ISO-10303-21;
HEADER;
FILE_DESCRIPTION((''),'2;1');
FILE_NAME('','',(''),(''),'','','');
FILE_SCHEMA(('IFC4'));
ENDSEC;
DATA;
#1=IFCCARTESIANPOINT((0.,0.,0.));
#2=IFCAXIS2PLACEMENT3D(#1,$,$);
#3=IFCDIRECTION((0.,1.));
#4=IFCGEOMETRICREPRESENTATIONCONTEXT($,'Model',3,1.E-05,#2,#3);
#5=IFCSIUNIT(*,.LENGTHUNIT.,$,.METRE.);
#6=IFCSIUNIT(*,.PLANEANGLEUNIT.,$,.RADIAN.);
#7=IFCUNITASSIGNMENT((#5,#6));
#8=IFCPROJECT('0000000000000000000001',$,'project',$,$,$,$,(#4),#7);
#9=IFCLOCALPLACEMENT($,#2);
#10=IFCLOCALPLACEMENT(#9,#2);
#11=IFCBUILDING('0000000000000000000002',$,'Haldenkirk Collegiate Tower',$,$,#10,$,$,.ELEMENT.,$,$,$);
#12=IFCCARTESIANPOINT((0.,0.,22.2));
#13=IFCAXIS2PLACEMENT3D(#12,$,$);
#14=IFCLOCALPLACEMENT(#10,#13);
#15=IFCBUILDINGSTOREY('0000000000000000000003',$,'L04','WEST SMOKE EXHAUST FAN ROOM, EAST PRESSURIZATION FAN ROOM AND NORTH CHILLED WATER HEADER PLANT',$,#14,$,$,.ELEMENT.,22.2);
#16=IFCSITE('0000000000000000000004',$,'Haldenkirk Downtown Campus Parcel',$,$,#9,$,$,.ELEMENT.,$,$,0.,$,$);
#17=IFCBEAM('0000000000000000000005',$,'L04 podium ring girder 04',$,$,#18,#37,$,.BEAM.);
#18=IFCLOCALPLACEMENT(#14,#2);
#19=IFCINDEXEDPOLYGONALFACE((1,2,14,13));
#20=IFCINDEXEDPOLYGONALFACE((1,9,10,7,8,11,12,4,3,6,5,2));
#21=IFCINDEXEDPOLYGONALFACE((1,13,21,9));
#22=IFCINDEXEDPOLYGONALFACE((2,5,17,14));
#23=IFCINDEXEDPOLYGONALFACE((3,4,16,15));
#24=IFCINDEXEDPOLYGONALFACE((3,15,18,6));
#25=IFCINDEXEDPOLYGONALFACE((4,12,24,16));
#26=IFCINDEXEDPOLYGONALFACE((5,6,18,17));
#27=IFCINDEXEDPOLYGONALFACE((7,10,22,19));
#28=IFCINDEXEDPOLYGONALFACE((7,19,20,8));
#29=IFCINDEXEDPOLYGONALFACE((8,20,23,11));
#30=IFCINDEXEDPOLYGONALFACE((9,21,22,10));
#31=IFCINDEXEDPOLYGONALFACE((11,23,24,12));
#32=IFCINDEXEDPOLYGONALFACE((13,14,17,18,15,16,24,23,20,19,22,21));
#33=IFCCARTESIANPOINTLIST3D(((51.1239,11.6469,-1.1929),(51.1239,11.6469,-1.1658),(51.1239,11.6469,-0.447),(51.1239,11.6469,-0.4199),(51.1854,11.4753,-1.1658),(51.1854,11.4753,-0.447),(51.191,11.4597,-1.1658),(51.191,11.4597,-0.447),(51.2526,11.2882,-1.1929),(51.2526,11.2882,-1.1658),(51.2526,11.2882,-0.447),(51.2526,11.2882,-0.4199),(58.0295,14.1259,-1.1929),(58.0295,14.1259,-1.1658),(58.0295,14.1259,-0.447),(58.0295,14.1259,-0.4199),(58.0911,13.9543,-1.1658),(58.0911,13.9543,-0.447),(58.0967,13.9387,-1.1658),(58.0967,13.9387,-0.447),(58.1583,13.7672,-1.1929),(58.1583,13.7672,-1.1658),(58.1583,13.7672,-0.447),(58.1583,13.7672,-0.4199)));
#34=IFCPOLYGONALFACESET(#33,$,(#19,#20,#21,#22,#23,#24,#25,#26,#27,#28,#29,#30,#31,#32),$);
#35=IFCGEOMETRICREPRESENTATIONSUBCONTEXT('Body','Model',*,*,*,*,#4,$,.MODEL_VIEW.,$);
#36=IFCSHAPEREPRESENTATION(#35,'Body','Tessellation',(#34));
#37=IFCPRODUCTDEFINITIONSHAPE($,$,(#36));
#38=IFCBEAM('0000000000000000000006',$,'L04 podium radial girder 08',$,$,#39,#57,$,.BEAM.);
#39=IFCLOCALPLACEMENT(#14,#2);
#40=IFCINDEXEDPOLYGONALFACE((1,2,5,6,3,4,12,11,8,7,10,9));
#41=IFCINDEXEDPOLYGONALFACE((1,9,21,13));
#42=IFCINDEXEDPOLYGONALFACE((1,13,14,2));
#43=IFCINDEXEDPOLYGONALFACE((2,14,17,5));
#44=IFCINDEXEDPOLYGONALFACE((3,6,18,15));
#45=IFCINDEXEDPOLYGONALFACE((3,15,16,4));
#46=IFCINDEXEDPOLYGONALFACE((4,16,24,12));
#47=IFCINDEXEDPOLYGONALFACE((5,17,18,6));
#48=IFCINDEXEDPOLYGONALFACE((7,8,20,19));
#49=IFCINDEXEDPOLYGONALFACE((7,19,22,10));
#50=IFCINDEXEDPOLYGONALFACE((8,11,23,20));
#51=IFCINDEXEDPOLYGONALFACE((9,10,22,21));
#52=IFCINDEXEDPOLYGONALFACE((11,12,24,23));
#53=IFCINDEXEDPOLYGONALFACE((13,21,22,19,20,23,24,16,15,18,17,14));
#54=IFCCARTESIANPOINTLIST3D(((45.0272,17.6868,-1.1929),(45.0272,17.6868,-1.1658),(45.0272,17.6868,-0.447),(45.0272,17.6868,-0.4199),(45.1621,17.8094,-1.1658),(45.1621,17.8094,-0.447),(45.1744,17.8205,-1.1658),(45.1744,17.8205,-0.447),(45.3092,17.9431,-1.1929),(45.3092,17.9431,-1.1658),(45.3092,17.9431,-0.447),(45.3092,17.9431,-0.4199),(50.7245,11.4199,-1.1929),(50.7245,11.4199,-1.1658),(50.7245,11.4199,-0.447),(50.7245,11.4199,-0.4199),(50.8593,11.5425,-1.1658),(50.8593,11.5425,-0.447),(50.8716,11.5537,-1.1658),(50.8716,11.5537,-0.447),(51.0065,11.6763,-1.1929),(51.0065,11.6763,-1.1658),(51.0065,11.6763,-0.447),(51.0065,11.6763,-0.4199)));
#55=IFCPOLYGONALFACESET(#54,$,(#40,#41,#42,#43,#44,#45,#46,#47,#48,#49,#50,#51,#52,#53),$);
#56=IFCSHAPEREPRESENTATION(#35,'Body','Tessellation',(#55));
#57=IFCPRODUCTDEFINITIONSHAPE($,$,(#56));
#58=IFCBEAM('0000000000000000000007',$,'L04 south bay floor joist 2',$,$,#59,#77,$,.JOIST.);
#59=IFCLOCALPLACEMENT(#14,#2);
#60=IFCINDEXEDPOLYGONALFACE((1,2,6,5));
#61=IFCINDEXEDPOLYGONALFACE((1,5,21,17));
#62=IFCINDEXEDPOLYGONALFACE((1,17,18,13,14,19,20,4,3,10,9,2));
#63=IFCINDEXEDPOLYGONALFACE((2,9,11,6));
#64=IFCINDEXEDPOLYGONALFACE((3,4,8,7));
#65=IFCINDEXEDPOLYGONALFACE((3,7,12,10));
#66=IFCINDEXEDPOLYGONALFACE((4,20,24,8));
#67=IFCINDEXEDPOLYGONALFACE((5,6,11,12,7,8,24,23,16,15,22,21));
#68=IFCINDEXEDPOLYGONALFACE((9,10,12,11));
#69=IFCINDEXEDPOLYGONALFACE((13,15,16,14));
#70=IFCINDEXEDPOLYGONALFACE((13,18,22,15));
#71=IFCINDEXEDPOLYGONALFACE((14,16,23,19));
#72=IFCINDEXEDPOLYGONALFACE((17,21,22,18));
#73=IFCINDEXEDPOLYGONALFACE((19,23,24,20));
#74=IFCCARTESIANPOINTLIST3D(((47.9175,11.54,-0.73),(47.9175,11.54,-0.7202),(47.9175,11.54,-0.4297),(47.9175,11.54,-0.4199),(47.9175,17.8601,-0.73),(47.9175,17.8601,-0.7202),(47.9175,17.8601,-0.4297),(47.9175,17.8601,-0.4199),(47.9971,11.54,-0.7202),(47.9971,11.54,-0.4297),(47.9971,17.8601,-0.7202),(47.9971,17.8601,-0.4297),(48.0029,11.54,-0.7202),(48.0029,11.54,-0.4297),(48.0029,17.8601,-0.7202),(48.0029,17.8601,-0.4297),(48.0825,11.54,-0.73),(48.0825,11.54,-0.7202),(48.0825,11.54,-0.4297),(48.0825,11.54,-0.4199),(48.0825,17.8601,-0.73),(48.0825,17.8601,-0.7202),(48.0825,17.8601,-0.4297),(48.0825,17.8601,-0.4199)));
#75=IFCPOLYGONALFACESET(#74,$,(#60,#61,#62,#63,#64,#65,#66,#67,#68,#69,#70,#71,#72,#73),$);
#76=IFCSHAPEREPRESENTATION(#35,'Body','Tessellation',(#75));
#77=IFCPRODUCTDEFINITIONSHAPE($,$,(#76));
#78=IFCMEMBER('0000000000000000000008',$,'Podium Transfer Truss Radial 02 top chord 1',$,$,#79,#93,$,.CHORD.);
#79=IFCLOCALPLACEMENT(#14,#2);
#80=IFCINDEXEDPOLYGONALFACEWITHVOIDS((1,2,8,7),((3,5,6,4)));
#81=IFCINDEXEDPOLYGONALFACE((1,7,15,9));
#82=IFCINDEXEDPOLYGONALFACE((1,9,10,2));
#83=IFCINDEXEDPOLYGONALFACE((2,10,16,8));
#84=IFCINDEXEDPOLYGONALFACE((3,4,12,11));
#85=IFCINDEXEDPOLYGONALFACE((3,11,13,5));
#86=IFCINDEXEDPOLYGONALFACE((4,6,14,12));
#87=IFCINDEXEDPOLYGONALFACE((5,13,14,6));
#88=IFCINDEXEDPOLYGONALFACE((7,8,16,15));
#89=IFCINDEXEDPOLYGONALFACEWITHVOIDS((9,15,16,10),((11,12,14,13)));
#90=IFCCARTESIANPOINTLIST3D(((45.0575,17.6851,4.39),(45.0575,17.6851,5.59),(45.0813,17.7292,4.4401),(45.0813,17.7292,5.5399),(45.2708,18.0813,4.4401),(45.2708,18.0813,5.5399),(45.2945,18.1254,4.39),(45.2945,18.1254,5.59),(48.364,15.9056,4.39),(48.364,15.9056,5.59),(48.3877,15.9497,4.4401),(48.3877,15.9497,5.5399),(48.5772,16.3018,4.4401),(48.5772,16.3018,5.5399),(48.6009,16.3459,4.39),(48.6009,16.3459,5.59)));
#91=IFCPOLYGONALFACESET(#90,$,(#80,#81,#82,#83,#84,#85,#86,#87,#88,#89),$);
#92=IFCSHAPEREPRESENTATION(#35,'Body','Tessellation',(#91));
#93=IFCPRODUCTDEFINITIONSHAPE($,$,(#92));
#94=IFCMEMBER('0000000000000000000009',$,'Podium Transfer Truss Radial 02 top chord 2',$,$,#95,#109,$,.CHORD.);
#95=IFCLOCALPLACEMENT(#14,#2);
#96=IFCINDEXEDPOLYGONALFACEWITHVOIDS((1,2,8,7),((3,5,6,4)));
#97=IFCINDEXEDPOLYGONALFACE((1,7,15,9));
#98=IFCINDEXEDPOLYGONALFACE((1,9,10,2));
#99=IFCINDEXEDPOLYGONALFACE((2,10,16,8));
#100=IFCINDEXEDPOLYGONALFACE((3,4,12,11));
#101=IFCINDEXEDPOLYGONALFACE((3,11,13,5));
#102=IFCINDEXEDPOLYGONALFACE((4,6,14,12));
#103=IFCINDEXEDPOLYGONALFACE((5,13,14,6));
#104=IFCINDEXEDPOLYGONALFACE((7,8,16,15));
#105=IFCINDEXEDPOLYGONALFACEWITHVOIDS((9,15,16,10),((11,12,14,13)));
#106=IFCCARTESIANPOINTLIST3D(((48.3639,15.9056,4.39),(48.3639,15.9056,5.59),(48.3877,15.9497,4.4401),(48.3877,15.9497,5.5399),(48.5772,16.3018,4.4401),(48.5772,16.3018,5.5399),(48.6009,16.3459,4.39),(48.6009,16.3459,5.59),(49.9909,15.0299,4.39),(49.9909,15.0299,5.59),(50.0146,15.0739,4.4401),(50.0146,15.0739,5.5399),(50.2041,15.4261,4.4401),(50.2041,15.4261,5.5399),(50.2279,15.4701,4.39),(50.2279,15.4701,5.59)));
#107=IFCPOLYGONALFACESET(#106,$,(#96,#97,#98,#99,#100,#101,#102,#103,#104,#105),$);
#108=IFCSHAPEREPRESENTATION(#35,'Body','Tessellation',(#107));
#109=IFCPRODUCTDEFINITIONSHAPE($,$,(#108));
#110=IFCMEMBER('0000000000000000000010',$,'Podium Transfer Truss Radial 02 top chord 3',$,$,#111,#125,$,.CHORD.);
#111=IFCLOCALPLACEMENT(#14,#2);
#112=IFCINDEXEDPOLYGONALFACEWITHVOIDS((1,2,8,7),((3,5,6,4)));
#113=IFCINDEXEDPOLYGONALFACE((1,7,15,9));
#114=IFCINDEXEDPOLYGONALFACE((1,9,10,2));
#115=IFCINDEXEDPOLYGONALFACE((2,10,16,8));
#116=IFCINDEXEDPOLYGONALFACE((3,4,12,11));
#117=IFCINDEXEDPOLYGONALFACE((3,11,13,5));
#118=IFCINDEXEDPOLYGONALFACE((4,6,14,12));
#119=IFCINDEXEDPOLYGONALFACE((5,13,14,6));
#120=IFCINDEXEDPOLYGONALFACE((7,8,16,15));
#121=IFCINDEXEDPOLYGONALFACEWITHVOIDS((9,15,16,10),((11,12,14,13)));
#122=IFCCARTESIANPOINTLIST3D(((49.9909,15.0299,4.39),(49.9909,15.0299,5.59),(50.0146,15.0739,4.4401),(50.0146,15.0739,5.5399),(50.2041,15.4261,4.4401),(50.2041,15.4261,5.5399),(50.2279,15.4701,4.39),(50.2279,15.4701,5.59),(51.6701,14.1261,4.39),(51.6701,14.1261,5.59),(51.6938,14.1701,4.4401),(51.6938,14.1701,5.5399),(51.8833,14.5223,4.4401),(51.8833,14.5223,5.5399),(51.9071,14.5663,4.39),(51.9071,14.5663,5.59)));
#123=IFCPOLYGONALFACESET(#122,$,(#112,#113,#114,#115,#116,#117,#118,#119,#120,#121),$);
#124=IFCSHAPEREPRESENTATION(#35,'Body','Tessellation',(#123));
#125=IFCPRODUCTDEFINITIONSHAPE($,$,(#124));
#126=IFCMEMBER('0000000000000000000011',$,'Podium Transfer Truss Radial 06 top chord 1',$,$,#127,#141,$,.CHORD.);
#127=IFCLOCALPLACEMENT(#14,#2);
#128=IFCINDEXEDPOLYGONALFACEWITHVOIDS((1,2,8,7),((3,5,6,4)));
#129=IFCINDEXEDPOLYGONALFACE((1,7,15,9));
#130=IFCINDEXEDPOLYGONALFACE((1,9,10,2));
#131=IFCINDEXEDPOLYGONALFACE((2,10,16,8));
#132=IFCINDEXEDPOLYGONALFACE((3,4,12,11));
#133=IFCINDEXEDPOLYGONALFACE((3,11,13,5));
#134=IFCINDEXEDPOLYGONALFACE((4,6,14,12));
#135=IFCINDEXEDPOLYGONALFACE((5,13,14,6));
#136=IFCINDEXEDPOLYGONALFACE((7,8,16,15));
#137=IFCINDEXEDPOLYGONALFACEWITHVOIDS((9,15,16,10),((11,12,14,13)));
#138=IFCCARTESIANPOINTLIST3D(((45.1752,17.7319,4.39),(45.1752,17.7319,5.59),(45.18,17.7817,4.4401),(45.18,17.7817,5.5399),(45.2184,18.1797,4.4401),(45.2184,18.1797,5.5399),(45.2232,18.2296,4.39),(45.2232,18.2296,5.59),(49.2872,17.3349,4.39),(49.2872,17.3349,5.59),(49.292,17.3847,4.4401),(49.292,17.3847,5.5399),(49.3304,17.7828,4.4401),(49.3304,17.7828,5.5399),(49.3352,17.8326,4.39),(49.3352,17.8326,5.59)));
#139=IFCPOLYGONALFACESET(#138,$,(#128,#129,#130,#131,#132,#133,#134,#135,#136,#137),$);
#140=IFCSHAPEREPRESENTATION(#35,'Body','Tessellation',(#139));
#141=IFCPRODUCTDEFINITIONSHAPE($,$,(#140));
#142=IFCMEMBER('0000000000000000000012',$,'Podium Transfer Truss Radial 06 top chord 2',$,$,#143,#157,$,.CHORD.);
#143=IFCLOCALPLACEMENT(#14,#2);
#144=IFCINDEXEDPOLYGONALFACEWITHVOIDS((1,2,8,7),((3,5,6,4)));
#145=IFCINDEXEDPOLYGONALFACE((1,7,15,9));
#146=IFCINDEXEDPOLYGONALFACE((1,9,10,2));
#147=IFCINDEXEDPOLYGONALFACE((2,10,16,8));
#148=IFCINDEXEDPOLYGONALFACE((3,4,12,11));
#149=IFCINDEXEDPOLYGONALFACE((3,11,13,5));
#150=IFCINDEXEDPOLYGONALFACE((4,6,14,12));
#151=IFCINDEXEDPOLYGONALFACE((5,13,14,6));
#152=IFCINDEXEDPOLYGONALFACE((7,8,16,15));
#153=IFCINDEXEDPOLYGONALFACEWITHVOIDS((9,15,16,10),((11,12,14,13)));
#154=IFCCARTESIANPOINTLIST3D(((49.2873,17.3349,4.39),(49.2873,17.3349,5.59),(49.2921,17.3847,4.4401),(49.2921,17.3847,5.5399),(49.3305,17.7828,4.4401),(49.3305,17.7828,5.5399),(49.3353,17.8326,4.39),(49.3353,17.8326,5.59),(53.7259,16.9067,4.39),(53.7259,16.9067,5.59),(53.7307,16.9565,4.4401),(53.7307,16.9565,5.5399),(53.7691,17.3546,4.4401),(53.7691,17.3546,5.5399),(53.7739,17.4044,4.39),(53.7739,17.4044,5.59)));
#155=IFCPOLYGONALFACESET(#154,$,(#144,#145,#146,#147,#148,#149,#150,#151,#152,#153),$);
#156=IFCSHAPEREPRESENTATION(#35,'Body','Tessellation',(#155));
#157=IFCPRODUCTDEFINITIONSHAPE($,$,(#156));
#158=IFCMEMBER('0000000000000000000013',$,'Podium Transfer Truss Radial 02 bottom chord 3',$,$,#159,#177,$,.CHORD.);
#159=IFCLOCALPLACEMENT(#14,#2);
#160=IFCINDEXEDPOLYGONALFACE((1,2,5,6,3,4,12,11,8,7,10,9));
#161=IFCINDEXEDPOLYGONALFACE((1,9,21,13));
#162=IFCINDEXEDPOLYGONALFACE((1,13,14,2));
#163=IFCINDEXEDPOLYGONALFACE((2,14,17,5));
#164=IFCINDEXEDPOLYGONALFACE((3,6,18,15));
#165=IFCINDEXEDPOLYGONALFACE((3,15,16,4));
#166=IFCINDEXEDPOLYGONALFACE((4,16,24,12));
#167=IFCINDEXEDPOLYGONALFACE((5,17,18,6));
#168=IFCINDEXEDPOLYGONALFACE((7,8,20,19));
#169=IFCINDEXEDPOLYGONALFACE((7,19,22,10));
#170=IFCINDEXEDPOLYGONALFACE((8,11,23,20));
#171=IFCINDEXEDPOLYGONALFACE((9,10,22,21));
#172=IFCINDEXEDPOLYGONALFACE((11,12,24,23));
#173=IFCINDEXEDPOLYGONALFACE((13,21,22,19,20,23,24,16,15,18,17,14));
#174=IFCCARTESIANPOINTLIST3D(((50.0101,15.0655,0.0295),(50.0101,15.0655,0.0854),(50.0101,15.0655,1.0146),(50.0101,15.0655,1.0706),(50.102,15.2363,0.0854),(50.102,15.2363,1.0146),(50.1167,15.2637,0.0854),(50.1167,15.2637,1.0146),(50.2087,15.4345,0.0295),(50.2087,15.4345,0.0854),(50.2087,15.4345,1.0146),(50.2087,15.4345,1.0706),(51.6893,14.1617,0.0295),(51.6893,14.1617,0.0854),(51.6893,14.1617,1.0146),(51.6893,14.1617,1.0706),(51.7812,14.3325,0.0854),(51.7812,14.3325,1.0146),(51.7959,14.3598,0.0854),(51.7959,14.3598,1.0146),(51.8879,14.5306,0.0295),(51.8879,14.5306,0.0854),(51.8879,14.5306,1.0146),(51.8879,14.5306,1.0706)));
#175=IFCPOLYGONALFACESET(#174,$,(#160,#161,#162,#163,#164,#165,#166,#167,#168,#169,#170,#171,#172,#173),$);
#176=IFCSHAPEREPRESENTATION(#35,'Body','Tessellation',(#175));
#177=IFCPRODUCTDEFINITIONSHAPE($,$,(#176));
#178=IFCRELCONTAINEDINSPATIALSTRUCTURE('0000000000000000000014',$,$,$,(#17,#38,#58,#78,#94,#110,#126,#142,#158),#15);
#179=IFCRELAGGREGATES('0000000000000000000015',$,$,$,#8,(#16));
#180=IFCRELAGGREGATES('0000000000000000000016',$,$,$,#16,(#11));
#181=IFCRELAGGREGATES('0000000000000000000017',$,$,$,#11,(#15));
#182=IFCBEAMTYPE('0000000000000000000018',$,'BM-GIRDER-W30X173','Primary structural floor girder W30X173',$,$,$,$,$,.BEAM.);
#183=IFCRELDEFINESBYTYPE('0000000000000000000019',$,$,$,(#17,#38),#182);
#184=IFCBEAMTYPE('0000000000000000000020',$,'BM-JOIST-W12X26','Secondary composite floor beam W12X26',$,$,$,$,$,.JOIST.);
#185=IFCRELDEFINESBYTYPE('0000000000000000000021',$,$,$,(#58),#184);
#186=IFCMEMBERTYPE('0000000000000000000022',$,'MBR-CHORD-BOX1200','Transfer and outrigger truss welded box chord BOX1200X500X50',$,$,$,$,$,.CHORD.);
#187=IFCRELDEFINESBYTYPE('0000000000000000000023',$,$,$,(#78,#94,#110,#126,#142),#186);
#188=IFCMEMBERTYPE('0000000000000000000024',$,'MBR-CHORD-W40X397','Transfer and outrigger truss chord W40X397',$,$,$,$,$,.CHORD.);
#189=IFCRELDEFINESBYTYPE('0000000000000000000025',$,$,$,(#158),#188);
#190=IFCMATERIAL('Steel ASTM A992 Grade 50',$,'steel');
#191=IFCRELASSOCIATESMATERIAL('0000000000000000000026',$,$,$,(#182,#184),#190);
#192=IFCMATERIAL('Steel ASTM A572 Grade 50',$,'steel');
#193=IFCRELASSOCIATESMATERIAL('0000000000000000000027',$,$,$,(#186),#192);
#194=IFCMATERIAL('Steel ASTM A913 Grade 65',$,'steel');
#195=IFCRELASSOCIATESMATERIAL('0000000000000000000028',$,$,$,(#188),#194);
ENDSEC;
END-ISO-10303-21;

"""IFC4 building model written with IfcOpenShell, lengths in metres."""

from ifc_helpers import new_model, si_unit, direction, frame, origin, origin_2d, place, context, subcontext, project, spatial, hollow_rectangle, i_section, extrude, material, material_profile, profile_set, type_object, element, save


model = new_model("IFC4")

# Units and contexts
model_context = context("Model", 3, precision=1e-05, world=origin(), true_north=direction((0.0, 1.0)))
body_context = subcontext(model_context, "Body", "Model", "MODEL_VIEW")
ifc_project = project(units=[si_unit("LENGTHUNIT", "METRE"), si_unit("PLANEANGLEUNIT", "RADIAN")], contexts=[model_context])

# Site, building, storey
site_placement = place(None, origin())
site = spatial("IfcSite", under=ifc_project, at=site_placement, Name="Haldenkirk Downtown Campus Parcel", CompositionType="ELEMENT", RefElevation=0.0)
building_placement = place(site_placement, origin())
building = spatial("IfcBuilding", under=site, at=building_placement, Name="Haldenkirk Collegiate Tower", CompositionType="ELEMENT")
storey_placement = place(building_placement, frame((0.0, 0.0, 22.2)))
storey = spatial("IfcBuildingStorey", under=building, at=storey_placement, Name="L04", Description="WEST SMOKE EXHAUST FAN ROOM, EAST PRESSURIZATION FAN ROOM AND NORTH CHILLED WATER HEADER PLANT", CompositionType="ELEMENT", Elevation=22.2)

# Beams
ifc_material_1 = material(Name="Steel ASTM A992 Grade 50", Category="steel")
ifc_material_profile_1 = material_profile(ifc_material_1, i_section(OverallWidth=0.3811, OverallDepth=0.7729, WebThickness=0.0166, FlangeThickness=0.0271, at=origin_2d()), Name="W30X173")
ifc_profile_set_1 = profile_set([ifc_material_profile_1], Name="Steel ASTM A992 Grade 50")
beam_type_1 = type_object("IfcBeamType", Name="BM-GIRDER-W30X173", Description="Primary structural floor girder W30X173", PredefinedType="BEAM", material=ifc_profile_set_1)
beam_1_placement = place(storey_placement, frame((51.1882, 11.4675, -0.8064), z_axis=(0.941194, 0.337866, 0.0), x_axis=(-0.337866, 0.941194, 0.0)))
element("IfcBeam", 1, at=beam_1_placement, inside=storey, type_object=beam_type_1, Name="L04 podium ring girder 04", PredefinedType="BEAM", context=body_context, shape_type="SweptSolid", body=[
    extrude(i_section(OverallWidth=0.3811, OverallDepth=0.7729, WebThickness=0.0166, FlangeThickness=0.0271, at=origin_2d()), origin(), (0.0, 0.0, 1.0), 7.3372),
])
beam_2_placement = place(storey_placement, frame((50.8655, 11.5481, -0.8064), z_axis=(-0.672681, 0.739932, 0.0), x_axis=(-0.739932, -0.672681, 0.0)))
element("IfcBeam", 2, at=beam_2_placement, inside=storey, type_object=beam_type_1, Name="L04 podium radial girder 08", PredefinedType="BEAM", context=body_context, shape_type="SweptSolid", body=[
    extrude(i_section(OverallWidth=0.3811, OverallDepth=0.7729, WebThickness=0.0166, FlangeThickness=0.0271, at=origin_2d()), origin(), (0.0, 0.0, 1.0), 8.4695),
])
ifc_material_profile_2 = material_profile(ifc_material_1, i_section(OverallWidth=0.165, OverallDepth=0.3101, WebThickness=0.0059, FlangeThickness=0.0098, at=origin_2d()), Name="W12X26")
ifc_profile_set_2 = profile_set([ifc_material_profile_2], Name="Steel ASTM A992 Grade 50")
beam_type_2 = type_object("IfcBeamType", Name="BM-JOIST-W12X26", Description="Secondary composite floor beam W12X26", PredefinedType="JOIST", material=ifc_profile_set_2)
beam_3_placement = place(storey_placement, frame((48.0, 11.54, -0.575), z_axis=(0.0, 1.0, 0.0), x_axis=(-1.0, 0.0, 0.0)))
element("IfcBeam", 3, at=beam_3_placement, inside=storey, type_object=beam_type_2, Name="L04 south bay floor joist 2", PredefinedType="JOIST", context=body_context, shape_type="SweptSolid", body=[
    extrude(i_section(OverallWidth=0.165, OverallDepth=0.3101, WebThickness=0.0059, FlangeThickness=0.0098, at=origin_2d()), origin(), (0.0, 0.0, 1.0), 6.3201),
])

# Members
ifc_material_2 = material(Name="Steel ASTM A572 Grade 50", Category="steel")
ifc_material_profile_3 = material_profile(ifc_material_2, hollow_rectangle(XDim=0.5, YDim=1.2, WallThickness=0.05, at=origin_2d()), Name="BOX1200X500X50")
ifc_profile_set_3 = profile_set([ifc_material_profile_3], Name="Steel ASTM A572 Grade 50")
member_type_1 = type_object("IfcMemberType", Name="MBR-CHORD-BOX1200", Description="Transfer and outrigger truss welded box chord BOX1200X500X50", PredefinedType="CHORD", material=ifc_profile_set_3)
member_1_placement = place(storey_placement, frame((45.176, 17.9053, 4.99), z_axis=(0.880563, -0.473929, 0.0), x_axis=(0.473929, 0.880563, 0.0)))
element("IfcMember", 4, at=member_1_placement, inside=storey, type_object=member_type_1, Name="Podium Transfer Truss Radial 02 top chord 1", PredefinedType="CHORD", context=body_context, shape_type="SweptSolid", body=[
    extrude(hollow_rectangle(XDim=0.5, YDim=1.2, WallThickness=0.05, at=origin_2d()), origin(), (0.0, 0.0, 1.0), 3.7549),
])
member_2_placement = place(storey_placement, frame((48.4824, 16.1257, 4.99), z_axis=(0.880543, -0.473966, 0.0), x_axis=(0.473966, 0.880543, 0.0)))
element("IfcMember", 5, at=member_2_placement, inside=storey, type_object=member_type_1, Name="Podium Transfer Truss Radial 02 top chord 2", PredefinedType="CHORD", context=body_context, shape_type="SweptSolid", body=[
    extrude(hollow_rectangle(XDim=0.5, YDim=1.2, WallThickness=0.05, at=origin_2d()), origin(), (0.0, 0.0, 1.0), 1.8477),
])
member_3_placement = place(storey_placement, frame((50.1094, 15.25, 4.99), z_axis=(0.880553, -0.473947, 0.0), x_axis=(0.473947, 0.880553, 0.0)))
element("IfcMember", 6, at=member_3_placement, inside=storey, type_object=member_type_1, Name="Podium Transfer Truss Radial 02 top chord 3", PredefinedType="CHORD", context=body_context, shape_type="SweptSolid", body=[
    extrude(hollow_rectangle(XDim=0.5, YDim=1.2, WallThickness=0.05, at=origin_2d()), origin(), (0.0, 0.0, 1.0), 1.907),
])
member_4_placement = place(storey_placement, frame((45.1992, 17.9807, 4.99), z_axis=(0.995372, -0.096092, 0.0), x_axis=(0.096092, 0.995372, 0.0)))
element("IfcMember", 7, at=member_4_placement, inside=storey, type_object=member_type_1, Name="Podium Transfer Truss Radial 06 top chord 1", PredefinedType="CHORD", context=body_context, shape_type="SweptSolid", body=[
    extrude(hollow_rectangle(XDim=0.5, YDim=1.2, WallThickness=0.05, at=origin_2d()), origin(), (0.0, 0.0, 1.0), 4.1311),
])
member_5_placement = place(storey_placement, frame((49.3113, 17.5837, 4.99), z_axis=(0.995379, -0.096028, 0.0), x_axis=(0.096028, 0.995379, 0.0)))
element("IfcMember", 8, at=member_5_placement, inside=storey, type_object=member_type_1, Name="Podium Transfer Truss Radial 06 top chord 2", PredefinedType="CHORD", context=body_context, shape_type="SweptSolid", body=[
    extrude(hollow_rectangle(XDim=0.5, YDim=1.2, WallThickness=0.05, at=origin_2d()), origin(), (0.0, 0.0, 1.0), 4.4592),
])
ifc_material_3 = material(Name="Steel ASTM A913 Grade 65", Category="steel")
ifc_material_profile_4 = material_profile(ifc_material_3, i_section(OverallWidth=0.4189, OverallDepth=1.041, WebThickness=0.031, FlangeThickness=0.0559, at=origin_2d()), Name="W40X397")
ifc_profile_set_4 = profile_set([ifc_material_profile_4], Name="Steel ASTM A913 Grade 65")
member_type_2 = type_object("IfcMemberType", Name="MBR-CHORD-W40X397", Description="Transfer and outrigger truss chord W40X397", PredefinedType="CHORD", material=ifc_profile_set_4)
member_6_placement = place(storey_placement, frame((50.1094, 15.25, 0.55), z_axis=(0.880553, -0.473947, 0.0), x_axis=(0.473947, 0.880553, 0.0)))
element("IfcMember", 9, at=member_6_placement, inside=storey, type_object=member_type_2, Name="Podium Transfer Truss Radial 02 bottom chord 3", PredefinedType="CHORD", context=body_context, shape_type="SweptSolid", body=[
    extrude(i_section(OverallWidth=0.4189, OverallDepth=1.041, WebThickness=0.031, FlangeThickness=0.0559, at=origin_2d()), origin(), (0.0, 0.0, 1.0), 1.907),
])

save(model, "model.ifc")
